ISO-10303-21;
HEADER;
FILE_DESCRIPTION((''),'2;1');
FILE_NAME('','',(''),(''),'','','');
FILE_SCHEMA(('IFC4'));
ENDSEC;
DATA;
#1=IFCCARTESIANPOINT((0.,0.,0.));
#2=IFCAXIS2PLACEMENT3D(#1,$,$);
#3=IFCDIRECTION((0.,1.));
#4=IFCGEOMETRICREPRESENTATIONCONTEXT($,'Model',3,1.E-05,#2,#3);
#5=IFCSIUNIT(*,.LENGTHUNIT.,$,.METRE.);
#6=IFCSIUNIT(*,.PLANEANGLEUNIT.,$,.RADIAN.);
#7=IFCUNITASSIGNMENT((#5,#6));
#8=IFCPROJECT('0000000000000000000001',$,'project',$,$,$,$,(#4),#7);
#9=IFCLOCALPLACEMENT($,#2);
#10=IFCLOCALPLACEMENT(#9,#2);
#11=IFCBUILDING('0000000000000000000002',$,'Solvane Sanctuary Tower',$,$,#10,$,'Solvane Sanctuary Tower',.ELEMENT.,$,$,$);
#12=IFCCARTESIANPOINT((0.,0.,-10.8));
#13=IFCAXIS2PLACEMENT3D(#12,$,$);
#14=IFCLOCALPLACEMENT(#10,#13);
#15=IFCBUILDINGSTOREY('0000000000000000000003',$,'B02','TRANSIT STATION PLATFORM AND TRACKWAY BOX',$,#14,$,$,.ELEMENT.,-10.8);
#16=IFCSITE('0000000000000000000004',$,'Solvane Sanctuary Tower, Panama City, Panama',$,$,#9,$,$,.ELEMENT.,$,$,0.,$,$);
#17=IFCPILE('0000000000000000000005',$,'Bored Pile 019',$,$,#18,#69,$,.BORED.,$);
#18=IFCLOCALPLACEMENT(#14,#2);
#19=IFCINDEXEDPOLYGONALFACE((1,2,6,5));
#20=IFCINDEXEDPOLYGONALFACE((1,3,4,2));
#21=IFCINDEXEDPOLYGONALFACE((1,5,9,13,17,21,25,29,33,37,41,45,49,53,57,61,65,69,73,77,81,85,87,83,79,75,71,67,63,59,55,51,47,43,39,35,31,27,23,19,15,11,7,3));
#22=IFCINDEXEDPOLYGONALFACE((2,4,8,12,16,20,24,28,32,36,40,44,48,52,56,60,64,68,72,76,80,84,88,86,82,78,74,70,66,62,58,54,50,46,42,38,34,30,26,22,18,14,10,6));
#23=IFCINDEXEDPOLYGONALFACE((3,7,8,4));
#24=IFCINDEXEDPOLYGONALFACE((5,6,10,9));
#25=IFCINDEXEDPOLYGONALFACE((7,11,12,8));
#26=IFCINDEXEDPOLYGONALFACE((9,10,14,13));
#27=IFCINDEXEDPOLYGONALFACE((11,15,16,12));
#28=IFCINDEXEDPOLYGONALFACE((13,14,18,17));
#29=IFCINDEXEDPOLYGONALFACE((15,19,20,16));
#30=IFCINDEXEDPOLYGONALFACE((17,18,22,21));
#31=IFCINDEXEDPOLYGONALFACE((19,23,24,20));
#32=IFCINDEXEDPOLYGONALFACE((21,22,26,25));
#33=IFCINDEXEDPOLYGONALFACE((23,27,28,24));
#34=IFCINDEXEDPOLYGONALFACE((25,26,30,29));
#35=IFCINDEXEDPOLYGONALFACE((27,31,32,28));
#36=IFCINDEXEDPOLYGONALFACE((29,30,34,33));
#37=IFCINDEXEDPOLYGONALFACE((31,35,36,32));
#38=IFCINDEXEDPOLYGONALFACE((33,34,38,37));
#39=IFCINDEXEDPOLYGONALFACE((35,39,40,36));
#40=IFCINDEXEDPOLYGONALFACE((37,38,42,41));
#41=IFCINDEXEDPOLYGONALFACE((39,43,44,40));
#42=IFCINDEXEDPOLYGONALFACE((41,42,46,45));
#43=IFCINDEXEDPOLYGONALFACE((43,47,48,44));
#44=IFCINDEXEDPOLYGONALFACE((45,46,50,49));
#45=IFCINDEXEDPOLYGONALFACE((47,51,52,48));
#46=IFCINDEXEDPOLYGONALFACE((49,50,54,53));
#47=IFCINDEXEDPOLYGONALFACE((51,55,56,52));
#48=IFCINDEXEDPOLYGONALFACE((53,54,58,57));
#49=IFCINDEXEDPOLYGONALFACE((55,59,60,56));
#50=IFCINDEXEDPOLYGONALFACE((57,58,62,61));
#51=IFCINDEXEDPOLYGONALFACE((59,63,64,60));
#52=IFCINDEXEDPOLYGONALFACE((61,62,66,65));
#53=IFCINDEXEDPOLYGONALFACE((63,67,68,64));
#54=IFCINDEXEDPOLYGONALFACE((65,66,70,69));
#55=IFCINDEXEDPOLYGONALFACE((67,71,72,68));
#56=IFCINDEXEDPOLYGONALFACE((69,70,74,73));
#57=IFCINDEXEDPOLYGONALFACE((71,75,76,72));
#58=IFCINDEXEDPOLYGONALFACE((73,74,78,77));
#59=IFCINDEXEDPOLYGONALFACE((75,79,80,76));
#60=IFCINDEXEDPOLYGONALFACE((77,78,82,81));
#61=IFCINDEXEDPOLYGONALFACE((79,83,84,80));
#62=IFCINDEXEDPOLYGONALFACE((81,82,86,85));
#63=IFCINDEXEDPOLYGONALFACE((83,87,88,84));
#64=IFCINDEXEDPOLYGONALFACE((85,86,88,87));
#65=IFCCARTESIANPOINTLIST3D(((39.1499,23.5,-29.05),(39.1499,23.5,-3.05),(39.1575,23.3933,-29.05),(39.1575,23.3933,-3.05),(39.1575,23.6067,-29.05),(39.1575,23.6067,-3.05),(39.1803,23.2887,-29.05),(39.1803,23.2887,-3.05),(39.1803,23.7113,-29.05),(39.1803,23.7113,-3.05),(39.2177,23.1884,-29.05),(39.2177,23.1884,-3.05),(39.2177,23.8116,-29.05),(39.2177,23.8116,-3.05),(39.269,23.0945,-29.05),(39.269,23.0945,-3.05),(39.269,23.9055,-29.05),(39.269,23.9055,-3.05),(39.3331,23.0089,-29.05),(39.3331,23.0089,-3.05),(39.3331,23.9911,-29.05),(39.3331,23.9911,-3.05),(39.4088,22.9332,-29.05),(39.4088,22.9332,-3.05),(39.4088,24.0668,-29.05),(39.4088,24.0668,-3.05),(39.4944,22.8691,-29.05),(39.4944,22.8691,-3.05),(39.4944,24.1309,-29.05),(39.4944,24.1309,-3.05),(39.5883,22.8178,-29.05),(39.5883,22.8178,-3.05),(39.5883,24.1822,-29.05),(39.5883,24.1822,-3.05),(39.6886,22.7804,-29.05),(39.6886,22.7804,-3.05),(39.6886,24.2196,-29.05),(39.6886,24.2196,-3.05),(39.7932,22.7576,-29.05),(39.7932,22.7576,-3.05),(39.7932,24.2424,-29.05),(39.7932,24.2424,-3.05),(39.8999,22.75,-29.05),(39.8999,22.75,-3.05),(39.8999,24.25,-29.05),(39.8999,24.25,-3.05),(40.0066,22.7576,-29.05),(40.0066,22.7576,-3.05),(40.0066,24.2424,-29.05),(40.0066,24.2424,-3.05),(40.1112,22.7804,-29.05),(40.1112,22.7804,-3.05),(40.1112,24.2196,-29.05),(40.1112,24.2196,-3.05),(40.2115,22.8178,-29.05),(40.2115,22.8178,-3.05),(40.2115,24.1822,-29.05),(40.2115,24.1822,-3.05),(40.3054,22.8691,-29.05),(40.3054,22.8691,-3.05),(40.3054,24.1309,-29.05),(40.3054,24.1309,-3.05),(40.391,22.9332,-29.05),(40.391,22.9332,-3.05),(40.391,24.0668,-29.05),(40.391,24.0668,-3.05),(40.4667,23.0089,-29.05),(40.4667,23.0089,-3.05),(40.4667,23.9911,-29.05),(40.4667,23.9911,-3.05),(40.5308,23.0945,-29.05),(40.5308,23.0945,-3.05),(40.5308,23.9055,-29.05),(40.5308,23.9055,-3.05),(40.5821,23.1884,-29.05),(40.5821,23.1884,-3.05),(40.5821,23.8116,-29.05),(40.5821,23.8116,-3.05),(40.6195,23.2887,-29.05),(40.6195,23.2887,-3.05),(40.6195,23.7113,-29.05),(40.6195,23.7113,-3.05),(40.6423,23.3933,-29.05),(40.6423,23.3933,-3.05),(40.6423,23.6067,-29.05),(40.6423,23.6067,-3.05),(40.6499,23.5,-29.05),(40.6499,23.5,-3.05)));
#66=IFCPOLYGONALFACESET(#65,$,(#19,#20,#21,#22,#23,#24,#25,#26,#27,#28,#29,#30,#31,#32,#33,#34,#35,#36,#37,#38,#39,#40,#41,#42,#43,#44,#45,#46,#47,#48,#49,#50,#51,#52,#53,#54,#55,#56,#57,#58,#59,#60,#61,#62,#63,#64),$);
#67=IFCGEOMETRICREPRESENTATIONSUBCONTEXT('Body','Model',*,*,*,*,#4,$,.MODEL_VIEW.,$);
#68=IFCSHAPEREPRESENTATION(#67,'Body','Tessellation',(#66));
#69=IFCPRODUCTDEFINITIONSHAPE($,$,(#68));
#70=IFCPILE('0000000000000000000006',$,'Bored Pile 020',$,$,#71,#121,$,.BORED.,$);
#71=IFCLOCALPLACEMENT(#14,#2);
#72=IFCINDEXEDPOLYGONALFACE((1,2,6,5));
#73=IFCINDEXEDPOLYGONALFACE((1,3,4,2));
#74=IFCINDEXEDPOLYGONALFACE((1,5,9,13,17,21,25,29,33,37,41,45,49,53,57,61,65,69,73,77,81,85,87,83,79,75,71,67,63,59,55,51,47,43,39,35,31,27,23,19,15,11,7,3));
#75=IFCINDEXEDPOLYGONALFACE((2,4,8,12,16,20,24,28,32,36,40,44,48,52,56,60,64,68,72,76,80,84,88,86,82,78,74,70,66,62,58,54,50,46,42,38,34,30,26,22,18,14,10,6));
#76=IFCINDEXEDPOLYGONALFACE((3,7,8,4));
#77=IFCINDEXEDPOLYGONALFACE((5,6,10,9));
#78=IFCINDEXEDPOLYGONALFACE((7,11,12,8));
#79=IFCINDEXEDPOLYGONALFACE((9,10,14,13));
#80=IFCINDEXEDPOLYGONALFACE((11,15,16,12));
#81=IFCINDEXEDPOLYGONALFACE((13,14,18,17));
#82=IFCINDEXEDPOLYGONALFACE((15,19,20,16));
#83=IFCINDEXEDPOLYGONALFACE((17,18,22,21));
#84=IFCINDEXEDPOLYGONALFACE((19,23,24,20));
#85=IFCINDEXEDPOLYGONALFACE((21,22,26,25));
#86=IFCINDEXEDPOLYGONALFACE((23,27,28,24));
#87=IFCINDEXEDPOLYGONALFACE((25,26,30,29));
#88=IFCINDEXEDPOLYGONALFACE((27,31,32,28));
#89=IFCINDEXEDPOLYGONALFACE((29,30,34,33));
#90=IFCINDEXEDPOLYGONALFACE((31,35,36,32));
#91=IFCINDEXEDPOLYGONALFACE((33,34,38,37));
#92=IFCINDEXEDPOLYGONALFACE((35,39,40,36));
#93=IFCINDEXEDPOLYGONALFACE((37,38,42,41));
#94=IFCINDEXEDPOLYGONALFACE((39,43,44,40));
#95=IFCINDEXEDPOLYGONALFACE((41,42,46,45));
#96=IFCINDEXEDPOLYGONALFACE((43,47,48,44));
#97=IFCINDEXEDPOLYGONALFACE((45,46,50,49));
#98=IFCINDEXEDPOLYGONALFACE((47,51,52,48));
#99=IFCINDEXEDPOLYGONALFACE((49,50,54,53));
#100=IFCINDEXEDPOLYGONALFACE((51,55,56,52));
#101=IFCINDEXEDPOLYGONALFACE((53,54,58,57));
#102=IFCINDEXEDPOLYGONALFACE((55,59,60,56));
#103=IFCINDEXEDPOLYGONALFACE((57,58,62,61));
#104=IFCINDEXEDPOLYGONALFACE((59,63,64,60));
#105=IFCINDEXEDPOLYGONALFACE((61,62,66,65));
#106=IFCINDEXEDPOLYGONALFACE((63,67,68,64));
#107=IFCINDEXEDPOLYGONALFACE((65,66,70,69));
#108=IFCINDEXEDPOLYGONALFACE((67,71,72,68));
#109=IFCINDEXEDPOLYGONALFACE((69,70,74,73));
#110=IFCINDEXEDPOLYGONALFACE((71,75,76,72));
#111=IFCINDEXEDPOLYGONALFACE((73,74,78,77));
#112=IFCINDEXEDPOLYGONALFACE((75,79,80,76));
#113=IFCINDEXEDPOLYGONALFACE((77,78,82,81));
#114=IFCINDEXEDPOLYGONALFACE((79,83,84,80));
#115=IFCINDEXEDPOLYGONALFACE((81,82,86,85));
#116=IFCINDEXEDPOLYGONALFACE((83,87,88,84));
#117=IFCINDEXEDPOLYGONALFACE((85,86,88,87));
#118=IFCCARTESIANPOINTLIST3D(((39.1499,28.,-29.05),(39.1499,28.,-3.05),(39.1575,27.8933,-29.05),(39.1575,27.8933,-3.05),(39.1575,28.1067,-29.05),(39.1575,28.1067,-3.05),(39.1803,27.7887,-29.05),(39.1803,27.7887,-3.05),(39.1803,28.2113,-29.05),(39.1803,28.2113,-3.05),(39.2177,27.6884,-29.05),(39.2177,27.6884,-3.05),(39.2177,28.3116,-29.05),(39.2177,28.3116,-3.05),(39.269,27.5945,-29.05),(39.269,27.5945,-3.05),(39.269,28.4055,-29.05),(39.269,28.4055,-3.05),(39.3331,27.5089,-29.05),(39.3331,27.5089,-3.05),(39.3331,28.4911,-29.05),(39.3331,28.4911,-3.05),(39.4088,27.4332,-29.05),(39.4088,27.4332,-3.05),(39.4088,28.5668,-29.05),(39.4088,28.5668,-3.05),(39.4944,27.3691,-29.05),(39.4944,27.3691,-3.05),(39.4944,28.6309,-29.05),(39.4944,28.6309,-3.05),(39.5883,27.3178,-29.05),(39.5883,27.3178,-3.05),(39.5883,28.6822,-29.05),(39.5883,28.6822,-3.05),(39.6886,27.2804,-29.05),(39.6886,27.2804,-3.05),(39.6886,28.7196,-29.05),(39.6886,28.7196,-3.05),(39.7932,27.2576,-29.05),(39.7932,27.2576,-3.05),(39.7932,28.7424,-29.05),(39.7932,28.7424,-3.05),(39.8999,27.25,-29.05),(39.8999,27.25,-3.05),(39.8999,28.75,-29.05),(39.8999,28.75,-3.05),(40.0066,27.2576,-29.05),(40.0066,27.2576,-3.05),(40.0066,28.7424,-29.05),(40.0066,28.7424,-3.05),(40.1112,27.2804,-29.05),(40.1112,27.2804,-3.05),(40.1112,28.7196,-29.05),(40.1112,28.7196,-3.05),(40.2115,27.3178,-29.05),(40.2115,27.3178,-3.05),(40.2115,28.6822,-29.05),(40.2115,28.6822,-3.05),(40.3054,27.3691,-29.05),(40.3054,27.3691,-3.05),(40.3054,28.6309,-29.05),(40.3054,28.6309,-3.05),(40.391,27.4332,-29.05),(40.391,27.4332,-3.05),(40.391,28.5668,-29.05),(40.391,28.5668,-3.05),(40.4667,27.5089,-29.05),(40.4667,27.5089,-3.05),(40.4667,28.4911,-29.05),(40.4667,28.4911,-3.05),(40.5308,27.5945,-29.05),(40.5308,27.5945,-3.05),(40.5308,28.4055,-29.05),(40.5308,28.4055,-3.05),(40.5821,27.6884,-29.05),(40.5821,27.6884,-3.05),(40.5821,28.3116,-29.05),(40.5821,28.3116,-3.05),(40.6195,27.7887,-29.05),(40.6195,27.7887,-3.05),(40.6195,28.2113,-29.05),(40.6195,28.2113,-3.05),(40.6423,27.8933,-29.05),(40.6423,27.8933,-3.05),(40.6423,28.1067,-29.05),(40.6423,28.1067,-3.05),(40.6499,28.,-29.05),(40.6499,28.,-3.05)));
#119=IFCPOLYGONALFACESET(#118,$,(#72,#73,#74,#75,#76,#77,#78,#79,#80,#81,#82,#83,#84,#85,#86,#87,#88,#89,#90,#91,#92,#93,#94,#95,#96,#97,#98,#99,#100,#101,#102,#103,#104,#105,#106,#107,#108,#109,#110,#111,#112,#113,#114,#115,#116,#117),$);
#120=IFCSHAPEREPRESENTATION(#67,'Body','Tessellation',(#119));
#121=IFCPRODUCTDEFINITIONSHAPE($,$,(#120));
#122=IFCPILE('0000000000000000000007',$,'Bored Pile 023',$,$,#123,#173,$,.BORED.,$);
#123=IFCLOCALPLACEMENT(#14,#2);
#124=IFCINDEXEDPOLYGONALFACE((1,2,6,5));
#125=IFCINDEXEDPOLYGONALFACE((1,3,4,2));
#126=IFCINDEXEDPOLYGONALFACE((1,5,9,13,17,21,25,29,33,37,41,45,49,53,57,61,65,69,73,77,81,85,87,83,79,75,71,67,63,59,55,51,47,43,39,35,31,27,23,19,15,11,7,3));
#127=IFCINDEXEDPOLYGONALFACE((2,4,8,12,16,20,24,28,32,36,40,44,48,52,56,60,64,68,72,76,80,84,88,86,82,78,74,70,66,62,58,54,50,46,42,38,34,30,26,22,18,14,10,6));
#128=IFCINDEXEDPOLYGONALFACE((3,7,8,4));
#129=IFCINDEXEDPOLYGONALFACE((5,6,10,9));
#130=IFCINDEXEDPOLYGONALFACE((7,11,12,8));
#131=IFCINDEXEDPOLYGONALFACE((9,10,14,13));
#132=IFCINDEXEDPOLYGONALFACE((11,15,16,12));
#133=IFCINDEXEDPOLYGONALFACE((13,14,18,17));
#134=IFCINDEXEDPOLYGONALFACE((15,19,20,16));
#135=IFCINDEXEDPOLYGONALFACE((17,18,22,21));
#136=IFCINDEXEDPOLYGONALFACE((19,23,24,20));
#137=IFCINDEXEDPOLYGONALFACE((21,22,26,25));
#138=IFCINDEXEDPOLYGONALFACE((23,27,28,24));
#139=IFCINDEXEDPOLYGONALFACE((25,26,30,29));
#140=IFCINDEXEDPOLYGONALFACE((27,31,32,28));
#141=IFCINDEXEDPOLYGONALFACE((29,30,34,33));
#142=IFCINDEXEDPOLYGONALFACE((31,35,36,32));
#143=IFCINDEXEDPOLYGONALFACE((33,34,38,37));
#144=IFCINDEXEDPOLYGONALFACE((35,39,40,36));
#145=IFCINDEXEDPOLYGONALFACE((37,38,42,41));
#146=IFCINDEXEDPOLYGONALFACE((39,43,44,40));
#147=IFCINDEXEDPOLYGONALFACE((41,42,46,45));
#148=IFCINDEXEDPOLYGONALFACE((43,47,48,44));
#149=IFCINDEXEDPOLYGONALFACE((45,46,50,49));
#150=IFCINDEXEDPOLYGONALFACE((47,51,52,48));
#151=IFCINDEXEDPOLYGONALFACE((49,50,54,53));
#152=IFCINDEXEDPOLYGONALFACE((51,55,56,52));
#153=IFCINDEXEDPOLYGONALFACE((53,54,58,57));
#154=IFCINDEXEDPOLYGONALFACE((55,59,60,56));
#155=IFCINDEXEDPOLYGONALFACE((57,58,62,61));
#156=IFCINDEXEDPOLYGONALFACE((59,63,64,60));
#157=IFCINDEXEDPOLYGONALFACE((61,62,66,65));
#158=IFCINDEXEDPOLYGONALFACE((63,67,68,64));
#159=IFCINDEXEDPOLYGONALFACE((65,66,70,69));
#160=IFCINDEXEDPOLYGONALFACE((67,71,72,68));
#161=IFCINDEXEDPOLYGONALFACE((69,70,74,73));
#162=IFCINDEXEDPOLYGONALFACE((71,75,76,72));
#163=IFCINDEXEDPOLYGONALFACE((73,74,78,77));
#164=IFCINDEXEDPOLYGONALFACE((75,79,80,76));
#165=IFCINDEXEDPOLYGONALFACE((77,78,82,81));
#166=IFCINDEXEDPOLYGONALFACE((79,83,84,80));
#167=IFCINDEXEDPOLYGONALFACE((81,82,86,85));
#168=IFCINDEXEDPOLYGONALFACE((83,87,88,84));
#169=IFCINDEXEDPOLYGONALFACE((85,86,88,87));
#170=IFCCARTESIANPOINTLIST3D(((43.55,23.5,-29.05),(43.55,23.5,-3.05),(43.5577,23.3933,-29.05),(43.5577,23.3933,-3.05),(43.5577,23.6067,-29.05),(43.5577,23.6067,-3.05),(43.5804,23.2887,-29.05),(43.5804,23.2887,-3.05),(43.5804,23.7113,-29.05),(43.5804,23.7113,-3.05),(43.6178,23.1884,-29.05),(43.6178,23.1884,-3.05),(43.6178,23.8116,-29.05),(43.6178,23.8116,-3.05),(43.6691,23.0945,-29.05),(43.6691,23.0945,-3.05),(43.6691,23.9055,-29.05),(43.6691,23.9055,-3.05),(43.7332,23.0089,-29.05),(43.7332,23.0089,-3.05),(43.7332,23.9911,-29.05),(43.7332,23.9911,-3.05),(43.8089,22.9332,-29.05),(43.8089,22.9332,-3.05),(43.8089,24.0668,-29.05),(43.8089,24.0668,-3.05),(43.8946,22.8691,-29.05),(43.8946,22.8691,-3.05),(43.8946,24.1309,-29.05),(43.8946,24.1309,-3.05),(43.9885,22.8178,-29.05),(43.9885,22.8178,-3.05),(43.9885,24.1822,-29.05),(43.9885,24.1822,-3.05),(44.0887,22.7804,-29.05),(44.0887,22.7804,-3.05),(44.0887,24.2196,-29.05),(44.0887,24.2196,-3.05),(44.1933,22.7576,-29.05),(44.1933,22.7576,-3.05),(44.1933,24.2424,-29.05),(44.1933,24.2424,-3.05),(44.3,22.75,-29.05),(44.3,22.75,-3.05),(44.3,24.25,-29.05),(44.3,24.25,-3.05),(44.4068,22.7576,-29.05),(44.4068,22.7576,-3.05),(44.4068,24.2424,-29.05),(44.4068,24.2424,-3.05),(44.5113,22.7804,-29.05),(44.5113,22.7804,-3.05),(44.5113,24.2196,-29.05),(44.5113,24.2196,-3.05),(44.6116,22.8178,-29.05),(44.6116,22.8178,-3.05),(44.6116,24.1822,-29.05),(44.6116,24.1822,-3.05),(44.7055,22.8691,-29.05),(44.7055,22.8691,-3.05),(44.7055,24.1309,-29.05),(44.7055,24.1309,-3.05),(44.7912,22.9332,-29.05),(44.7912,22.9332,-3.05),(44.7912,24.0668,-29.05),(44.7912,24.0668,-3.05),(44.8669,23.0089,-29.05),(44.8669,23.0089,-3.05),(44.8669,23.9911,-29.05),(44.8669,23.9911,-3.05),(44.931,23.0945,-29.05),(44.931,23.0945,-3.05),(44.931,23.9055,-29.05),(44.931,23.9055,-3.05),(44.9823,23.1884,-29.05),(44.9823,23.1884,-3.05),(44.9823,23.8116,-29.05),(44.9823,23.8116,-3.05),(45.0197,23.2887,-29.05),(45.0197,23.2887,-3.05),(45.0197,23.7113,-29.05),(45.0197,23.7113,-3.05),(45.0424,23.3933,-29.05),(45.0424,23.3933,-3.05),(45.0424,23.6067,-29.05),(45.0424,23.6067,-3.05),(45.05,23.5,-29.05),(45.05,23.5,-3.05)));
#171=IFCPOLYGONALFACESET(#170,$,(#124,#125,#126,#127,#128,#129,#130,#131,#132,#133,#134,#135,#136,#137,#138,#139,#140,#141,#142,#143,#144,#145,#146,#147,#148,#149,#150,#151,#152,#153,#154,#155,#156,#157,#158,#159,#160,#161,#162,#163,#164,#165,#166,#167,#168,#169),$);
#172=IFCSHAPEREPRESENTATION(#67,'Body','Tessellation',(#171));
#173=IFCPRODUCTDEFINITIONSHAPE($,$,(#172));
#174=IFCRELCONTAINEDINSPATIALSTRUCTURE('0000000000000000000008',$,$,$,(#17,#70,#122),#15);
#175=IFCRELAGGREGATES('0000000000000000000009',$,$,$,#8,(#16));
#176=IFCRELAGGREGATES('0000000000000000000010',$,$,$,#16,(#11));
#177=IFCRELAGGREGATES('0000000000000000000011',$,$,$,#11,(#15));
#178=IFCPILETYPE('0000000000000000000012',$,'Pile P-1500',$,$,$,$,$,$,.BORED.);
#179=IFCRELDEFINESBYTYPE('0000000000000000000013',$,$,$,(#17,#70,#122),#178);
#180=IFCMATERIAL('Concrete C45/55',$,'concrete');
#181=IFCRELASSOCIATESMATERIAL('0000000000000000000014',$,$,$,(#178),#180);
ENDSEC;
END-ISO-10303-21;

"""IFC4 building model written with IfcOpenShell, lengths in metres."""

from ifc_helpers import new_model, si_unit, direction, frame, origin, origin_2d, place, context, subcontext, project, spatial, circle, extrude, material, material_profile, profile_set, type_object, element, save


model = new_model("IFC4")

# Units and contexts
model_context = context("Model", 3, precision=1e-05, world=origin(), true_north=direction((0.0, 1.0)))
body_context = subcontext(model_context, "Body", "Model", "MODEL_VIEW")
ifc_project = project(units=[si_unit("LENGTHUNIT", "METRE"), si_unit("PLANEANGLEUNIT", "RADIAN")], contexts=[model_context])

# Site, building, storey
site_placement = place(None, origin())
site = spatial("IfcSite", under=ifc_project, at=site_placement, Name="Solvane Sanctuary Tower, Panama City, Panama", CompositionType="ELEMENT", RefElevation=0.0)
building_placement = place(site_placement, origin())
building = spatial("IfcBuilding", under=site, at=building_placement, Name="Solvane Sanctuary Tower", LongName="Solvane Sanctuary Tower", CompositionType="ELEMENT")
storey_placement = place(building_placement, frame((0.0, 0.0, -10.8)))
storey = spatial("IfcBuildingStorey", under=building, at=storey_placement, Name="B02", Description="TRANSIT STATION PLATFORM AND TRACKWAY BOX", CompositionType="ELEMENT", Elevation=-10.8)

# Piles
ifc_material_1 = material(Name="Concrete C45/55", Category="concrete")
ifc_material_profile_1 = material_profile(ifc_material_1, circle(Radius=0.75, at=origin_2d()), Name="PILE1500")
ifc_profile_set_1 = profile_set([ifc_material_profile_1], Name="Concrete C45/55")
pile_type = type_object("IfcPileType", Name="Pile P-1500", PredefinedType="BORED", material=ifc_profile_set_1)
for number, where, z_axis, x_axis, name in (
    (1, (39.8999, 23.5, -3.05), (0.0, 0.0, -1.0), (1.0, 0.0, 0.0), "Bored Pile 019"),
    (2, (39.8999, 28.0, -3.05), (0.0, 0.0, -1.0), (1.0, 0.0, 0.0), "Bored Pile 020"),
    (3, (44.3, 23.5, -3.05), (0.0, 0.0, -1.0), (1.0, 0.0, 0.0), "Bored Pile 023"),
):
    element("IfcPile", number, at=place(storey_placement, frame(where, z_axis=z_axis, x_axis=x_axis)), inside=storey, type_object=pile_type, Name=name, PredefinedType="BORED", context=body_context, shape_type="SweptSolid", body=[
        extrude(circle(Radius=0.75, at=origin_2d()), origin(), (0.0, 0.0, 1.0), 26.0),
    ])

save(model, "model.ifc")
